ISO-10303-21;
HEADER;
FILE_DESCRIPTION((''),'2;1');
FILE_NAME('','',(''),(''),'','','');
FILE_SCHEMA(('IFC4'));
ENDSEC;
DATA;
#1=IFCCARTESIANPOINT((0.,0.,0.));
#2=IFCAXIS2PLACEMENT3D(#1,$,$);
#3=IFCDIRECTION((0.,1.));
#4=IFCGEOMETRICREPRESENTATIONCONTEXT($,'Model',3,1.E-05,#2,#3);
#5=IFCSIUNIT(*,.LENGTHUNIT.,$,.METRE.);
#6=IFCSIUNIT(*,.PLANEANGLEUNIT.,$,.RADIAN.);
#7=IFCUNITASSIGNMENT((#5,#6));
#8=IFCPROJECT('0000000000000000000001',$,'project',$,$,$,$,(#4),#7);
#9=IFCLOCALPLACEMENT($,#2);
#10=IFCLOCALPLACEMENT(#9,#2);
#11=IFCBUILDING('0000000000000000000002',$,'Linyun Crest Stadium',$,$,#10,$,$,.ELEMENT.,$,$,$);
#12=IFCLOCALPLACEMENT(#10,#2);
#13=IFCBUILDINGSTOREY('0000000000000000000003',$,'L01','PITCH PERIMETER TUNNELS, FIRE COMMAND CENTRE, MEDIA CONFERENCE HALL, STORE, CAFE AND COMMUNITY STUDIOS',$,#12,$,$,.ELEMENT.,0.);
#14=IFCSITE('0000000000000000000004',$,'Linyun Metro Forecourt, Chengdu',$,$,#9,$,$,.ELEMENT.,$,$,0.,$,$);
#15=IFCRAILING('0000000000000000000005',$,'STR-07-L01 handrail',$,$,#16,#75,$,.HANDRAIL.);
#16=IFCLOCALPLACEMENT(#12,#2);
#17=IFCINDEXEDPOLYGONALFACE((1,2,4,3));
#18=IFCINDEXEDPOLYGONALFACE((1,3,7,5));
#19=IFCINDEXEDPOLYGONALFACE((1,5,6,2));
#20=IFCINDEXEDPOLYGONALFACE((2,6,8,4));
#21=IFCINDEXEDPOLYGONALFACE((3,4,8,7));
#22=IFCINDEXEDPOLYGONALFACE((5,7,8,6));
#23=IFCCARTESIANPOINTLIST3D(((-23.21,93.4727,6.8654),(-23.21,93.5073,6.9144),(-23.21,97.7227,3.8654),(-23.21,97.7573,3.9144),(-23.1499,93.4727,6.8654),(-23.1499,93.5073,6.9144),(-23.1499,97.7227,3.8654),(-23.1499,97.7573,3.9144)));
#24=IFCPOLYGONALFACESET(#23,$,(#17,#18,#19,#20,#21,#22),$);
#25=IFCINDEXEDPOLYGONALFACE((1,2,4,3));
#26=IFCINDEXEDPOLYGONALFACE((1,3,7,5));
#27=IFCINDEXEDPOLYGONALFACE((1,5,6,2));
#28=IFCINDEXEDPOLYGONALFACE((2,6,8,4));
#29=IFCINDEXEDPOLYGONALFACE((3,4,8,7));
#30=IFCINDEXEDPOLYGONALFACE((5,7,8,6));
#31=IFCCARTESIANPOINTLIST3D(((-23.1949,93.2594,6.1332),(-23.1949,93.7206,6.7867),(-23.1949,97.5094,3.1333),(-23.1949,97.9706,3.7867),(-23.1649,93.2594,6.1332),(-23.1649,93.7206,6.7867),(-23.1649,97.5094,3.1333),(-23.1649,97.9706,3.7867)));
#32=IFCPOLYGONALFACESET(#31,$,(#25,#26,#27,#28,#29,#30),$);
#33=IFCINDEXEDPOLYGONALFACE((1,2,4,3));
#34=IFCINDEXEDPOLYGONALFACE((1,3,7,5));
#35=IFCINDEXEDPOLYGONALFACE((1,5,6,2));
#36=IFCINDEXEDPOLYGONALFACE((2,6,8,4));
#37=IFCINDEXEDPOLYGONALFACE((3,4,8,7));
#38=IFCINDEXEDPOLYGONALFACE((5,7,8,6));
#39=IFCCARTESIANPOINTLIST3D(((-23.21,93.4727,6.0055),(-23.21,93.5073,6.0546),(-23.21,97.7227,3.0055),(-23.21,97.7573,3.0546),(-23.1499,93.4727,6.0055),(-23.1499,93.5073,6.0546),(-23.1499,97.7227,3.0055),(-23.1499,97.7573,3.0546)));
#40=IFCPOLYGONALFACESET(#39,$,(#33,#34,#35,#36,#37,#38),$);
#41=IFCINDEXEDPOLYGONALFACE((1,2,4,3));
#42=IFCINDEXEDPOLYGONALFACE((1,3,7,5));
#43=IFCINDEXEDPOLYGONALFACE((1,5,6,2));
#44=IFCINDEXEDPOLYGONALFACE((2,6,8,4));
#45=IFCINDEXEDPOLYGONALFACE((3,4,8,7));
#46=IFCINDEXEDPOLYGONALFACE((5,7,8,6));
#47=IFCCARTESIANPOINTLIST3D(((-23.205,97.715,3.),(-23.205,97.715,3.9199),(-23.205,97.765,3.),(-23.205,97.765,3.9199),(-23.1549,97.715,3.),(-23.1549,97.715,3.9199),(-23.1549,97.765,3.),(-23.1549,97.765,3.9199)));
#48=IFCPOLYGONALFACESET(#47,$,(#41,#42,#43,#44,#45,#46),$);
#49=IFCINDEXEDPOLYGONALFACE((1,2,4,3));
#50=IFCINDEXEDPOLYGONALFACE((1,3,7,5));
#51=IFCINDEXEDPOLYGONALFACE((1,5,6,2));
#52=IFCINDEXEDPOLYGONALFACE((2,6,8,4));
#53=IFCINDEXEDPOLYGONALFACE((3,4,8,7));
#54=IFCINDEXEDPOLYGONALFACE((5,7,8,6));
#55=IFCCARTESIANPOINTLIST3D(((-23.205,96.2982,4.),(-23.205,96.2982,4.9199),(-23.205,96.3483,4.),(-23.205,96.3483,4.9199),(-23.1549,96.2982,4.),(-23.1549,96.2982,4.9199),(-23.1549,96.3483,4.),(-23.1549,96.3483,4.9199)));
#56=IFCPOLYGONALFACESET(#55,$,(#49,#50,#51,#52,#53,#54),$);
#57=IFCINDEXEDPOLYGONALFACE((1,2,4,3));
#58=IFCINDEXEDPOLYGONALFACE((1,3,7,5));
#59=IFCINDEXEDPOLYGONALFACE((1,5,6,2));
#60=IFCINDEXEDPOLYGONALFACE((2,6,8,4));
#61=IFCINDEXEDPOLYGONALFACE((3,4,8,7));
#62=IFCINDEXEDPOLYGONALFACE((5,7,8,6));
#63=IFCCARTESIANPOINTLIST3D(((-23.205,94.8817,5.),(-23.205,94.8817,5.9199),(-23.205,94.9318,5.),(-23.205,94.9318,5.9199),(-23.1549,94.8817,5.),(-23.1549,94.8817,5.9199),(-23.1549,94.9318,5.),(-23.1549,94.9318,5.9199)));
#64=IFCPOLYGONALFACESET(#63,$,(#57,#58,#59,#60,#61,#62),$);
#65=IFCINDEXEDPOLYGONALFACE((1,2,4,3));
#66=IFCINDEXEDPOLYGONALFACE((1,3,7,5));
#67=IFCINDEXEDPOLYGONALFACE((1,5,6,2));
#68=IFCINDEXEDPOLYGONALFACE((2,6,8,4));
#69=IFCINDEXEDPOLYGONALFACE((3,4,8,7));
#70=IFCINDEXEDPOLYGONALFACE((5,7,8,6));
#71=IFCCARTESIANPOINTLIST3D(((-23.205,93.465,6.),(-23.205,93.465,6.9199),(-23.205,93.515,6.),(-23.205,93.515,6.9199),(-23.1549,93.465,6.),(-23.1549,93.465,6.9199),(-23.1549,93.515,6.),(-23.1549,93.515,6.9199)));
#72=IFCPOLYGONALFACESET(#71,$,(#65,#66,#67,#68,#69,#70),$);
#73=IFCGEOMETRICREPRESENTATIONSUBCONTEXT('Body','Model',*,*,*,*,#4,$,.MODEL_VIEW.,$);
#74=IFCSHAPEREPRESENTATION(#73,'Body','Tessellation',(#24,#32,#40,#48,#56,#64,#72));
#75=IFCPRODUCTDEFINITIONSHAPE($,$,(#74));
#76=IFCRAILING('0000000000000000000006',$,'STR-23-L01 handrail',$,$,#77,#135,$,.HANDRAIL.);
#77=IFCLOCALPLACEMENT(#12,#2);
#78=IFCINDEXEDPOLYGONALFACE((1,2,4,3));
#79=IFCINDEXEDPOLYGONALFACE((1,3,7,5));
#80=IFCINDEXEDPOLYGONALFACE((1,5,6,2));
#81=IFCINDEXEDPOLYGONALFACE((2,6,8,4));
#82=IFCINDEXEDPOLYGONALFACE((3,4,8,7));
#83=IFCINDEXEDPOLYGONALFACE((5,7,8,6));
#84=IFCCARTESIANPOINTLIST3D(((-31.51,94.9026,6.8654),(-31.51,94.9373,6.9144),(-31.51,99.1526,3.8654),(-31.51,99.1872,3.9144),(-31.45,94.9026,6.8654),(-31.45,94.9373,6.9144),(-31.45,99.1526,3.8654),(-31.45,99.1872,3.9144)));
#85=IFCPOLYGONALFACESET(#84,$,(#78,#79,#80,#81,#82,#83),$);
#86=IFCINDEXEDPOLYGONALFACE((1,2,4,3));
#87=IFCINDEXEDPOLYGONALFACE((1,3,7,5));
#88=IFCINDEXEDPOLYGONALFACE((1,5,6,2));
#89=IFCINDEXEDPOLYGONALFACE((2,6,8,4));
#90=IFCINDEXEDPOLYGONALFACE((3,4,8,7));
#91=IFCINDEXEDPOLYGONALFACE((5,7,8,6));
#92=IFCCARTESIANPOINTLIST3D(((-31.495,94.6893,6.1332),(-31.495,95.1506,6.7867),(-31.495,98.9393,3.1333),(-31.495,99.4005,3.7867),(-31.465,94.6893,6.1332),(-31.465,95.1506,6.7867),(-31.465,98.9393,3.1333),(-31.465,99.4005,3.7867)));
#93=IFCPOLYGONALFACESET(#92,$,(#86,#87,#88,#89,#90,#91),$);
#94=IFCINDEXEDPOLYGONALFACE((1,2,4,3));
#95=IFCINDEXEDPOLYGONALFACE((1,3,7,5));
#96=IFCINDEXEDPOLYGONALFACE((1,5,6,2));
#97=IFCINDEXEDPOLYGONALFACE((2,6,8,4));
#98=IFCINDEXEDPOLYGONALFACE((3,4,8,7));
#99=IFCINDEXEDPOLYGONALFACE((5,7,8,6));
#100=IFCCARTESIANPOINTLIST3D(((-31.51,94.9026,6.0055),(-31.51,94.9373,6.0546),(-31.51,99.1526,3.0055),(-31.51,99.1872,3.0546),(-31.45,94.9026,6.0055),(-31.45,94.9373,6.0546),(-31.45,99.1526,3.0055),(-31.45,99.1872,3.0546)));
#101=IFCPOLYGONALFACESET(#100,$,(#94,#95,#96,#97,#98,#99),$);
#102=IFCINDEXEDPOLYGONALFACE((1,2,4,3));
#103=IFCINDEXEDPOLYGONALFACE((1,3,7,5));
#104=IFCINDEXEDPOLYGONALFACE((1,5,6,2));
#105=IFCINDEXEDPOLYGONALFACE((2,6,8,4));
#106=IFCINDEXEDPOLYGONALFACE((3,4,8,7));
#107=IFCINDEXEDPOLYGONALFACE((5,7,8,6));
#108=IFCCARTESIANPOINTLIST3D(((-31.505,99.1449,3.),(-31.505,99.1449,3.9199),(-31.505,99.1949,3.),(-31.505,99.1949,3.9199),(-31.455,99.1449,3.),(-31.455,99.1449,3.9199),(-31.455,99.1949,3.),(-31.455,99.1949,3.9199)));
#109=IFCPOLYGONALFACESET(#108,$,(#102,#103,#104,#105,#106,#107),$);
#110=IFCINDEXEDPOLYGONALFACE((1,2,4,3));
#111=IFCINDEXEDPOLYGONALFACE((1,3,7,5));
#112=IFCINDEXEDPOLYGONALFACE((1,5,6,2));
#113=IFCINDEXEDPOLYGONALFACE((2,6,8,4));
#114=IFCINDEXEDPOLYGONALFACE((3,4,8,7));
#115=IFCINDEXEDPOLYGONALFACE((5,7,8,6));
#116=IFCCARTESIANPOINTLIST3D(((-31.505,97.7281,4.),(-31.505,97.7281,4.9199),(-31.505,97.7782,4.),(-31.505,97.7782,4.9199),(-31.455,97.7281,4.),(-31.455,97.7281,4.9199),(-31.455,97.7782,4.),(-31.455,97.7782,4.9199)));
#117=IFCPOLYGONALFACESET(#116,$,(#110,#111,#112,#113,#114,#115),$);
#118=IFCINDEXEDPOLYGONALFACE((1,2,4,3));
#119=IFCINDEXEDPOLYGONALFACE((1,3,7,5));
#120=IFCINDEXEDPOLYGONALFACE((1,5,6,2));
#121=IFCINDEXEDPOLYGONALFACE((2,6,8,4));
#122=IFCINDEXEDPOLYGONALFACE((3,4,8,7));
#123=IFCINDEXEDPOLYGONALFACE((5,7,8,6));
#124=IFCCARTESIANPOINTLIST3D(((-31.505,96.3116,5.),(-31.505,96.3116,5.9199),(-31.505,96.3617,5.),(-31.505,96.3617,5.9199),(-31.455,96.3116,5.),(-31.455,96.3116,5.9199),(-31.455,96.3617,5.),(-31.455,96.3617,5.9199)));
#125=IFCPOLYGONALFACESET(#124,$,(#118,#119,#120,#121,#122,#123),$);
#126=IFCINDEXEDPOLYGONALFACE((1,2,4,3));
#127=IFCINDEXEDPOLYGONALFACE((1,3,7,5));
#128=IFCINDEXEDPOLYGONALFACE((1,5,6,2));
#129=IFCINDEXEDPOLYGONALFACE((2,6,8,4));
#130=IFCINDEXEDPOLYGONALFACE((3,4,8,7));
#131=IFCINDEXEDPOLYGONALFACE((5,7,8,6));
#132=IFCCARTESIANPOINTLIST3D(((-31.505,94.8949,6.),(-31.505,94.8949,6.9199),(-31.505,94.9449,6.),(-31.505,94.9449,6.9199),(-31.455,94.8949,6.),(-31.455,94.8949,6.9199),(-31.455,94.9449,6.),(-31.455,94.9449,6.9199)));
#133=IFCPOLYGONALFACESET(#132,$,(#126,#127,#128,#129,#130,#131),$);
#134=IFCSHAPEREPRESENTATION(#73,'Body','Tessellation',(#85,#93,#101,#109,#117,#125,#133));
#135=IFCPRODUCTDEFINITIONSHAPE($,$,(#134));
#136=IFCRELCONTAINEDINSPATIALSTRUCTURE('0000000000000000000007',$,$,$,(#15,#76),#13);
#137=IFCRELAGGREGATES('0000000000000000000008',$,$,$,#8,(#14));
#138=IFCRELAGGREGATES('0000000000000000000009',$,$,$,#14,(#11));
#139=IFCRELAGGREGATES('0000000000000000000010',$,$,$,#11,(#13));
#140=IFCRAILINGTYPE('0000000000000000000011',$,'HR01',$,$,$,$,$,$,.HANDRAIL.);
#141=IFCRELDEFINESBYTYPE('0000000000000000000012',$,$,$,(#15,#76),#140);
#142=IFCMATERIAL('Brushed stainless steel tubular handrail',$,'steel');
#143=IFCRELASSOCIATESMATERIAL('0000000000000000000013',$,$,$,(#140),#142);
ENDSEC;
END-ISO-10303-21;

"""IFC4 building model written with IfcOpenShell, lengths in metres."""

from ifc_helpers import new_model, si_unit, direction, frame, origin, origin_2d, place, context, subcontext, project, spatial, rectangle, extrude, material, type_object, element, save


model = new_model("IFC4")

# Units and contexts
model_context = context("Model", 3, precision=1e-05, world=origin(), true_north=direction((0.0, 1.0)))
body_context = subcontext(model_context, "Body", "Model", "MODEL_VIEW")
ifc_project = project(units=[si_unit("LENGTHUNIT", "METRE"), si_unit("PLANEANGLEUNIT", "RADIAN")], contexts=[model_context])

# Site, building, storey
site_placement = place(None, origin())
site = spatial("IfcSite", under=ifc_project, at=site_placement, Name="Linyun Metro Forecourt, Chengdu", CompositionType="ELEMENT", RefElevation=0.0)
building_placement = place(site_placement, origin())
building = spatial("IfcBuilding", under=site, at=building_placement, Name="Linyun Crest Stadium", CompositionType="ELEMENT")
storey_placement = place(building_placement, origin())
storey = spatial("IfcBuildingStorey", under=building, at=storey_placement, Name="L01", Description="PITCH PERIMETER TUNNELS, FIRE COMMAND CENTRE, MEDIA CONFERENCE HALL, STORE, CAFE AND COMMUNITY STUDIOS", CompositionType="ELEMENT", Elevation=0.0)

# Railings
ifc_material_1 = material(Name="Brushed stainless steel tubular handrail", Category="steel")
railing_type_1 = type_object("IfcRailingType", Name="HR01", PredefinedType="HANDRAIL", material=ifc_material_1)
for number, where, name in (
    (1, (-23.1799, 97.74, 3.0), "STR-07-L01 handrail"),
    (2, (-31.48, 99.1699, 3.0), "STR-23-L01 handrail"),
):
    element("IfcRailing", number, at=place(storey_placement, frame(where)), inside=storey, type_object=railing_type_1, Name=name, PredefinedType="HANDRAIL", context=body_context, shape_type="SweptSolid", body=[
        extrude(rectangle(XDim=0.0601, YDim=0.0601, at=origin_2d()), frame((0.0, 0.0, 0.8899), z_axis=(0.0, -0.816968, 0.576683), x_axis=(1.0, 0.0, 0.0)), (0.0, 0.0, 1.0), 5.2021),
        extrude(rectangle(XDim=0.03, YDim=0.7998, at=origin_2d()), frame((0.0, 0.0, 0.46), z_axis=(0.0, -0.816968, 0.576683), x_axis=(1.0, 0.0, 0.0)), (0.0, 0.0, 1.0), 5.2021),
        extrude(rectangle(XDim=0.0601, YDim=0.0601, at=origin_2d()), frame((0.0, 0.0, 0.03), z_axis=(0.0, -0.816968, 0.576683), x_axis=(1.0, 0.0, 0.0)), (0.0, 0.0, 1.0), 5.2021),
        extrude(rectangle(XDim=0.05, YDim=0.05, at=origin_2d()), origin(), (0.0, 0.0, 1.0), 0.9199),
        extrude(rectangle(XDim=0.05, YDim=0.05, at=origin_2d()), frame((0.0, -1.4167, 1.0)), (0.0, 0.0, 1.0), 0.9199),
        extrude(rectangle(XDim=0.05, YDim=0.05, at=origin_2d()), frame((0.0, -2.8333, 2.0)), (0.0, 0.0, 1.0), 0.9199),
        extrude(rectangle(XDim=0.05, YDim=0.05, at=origin_2d()), frame((0.0, -4.25, 3.0)), (0.0, 0.0, 1.0), 0.9199),
    ])

save(model, "model.ifc")
